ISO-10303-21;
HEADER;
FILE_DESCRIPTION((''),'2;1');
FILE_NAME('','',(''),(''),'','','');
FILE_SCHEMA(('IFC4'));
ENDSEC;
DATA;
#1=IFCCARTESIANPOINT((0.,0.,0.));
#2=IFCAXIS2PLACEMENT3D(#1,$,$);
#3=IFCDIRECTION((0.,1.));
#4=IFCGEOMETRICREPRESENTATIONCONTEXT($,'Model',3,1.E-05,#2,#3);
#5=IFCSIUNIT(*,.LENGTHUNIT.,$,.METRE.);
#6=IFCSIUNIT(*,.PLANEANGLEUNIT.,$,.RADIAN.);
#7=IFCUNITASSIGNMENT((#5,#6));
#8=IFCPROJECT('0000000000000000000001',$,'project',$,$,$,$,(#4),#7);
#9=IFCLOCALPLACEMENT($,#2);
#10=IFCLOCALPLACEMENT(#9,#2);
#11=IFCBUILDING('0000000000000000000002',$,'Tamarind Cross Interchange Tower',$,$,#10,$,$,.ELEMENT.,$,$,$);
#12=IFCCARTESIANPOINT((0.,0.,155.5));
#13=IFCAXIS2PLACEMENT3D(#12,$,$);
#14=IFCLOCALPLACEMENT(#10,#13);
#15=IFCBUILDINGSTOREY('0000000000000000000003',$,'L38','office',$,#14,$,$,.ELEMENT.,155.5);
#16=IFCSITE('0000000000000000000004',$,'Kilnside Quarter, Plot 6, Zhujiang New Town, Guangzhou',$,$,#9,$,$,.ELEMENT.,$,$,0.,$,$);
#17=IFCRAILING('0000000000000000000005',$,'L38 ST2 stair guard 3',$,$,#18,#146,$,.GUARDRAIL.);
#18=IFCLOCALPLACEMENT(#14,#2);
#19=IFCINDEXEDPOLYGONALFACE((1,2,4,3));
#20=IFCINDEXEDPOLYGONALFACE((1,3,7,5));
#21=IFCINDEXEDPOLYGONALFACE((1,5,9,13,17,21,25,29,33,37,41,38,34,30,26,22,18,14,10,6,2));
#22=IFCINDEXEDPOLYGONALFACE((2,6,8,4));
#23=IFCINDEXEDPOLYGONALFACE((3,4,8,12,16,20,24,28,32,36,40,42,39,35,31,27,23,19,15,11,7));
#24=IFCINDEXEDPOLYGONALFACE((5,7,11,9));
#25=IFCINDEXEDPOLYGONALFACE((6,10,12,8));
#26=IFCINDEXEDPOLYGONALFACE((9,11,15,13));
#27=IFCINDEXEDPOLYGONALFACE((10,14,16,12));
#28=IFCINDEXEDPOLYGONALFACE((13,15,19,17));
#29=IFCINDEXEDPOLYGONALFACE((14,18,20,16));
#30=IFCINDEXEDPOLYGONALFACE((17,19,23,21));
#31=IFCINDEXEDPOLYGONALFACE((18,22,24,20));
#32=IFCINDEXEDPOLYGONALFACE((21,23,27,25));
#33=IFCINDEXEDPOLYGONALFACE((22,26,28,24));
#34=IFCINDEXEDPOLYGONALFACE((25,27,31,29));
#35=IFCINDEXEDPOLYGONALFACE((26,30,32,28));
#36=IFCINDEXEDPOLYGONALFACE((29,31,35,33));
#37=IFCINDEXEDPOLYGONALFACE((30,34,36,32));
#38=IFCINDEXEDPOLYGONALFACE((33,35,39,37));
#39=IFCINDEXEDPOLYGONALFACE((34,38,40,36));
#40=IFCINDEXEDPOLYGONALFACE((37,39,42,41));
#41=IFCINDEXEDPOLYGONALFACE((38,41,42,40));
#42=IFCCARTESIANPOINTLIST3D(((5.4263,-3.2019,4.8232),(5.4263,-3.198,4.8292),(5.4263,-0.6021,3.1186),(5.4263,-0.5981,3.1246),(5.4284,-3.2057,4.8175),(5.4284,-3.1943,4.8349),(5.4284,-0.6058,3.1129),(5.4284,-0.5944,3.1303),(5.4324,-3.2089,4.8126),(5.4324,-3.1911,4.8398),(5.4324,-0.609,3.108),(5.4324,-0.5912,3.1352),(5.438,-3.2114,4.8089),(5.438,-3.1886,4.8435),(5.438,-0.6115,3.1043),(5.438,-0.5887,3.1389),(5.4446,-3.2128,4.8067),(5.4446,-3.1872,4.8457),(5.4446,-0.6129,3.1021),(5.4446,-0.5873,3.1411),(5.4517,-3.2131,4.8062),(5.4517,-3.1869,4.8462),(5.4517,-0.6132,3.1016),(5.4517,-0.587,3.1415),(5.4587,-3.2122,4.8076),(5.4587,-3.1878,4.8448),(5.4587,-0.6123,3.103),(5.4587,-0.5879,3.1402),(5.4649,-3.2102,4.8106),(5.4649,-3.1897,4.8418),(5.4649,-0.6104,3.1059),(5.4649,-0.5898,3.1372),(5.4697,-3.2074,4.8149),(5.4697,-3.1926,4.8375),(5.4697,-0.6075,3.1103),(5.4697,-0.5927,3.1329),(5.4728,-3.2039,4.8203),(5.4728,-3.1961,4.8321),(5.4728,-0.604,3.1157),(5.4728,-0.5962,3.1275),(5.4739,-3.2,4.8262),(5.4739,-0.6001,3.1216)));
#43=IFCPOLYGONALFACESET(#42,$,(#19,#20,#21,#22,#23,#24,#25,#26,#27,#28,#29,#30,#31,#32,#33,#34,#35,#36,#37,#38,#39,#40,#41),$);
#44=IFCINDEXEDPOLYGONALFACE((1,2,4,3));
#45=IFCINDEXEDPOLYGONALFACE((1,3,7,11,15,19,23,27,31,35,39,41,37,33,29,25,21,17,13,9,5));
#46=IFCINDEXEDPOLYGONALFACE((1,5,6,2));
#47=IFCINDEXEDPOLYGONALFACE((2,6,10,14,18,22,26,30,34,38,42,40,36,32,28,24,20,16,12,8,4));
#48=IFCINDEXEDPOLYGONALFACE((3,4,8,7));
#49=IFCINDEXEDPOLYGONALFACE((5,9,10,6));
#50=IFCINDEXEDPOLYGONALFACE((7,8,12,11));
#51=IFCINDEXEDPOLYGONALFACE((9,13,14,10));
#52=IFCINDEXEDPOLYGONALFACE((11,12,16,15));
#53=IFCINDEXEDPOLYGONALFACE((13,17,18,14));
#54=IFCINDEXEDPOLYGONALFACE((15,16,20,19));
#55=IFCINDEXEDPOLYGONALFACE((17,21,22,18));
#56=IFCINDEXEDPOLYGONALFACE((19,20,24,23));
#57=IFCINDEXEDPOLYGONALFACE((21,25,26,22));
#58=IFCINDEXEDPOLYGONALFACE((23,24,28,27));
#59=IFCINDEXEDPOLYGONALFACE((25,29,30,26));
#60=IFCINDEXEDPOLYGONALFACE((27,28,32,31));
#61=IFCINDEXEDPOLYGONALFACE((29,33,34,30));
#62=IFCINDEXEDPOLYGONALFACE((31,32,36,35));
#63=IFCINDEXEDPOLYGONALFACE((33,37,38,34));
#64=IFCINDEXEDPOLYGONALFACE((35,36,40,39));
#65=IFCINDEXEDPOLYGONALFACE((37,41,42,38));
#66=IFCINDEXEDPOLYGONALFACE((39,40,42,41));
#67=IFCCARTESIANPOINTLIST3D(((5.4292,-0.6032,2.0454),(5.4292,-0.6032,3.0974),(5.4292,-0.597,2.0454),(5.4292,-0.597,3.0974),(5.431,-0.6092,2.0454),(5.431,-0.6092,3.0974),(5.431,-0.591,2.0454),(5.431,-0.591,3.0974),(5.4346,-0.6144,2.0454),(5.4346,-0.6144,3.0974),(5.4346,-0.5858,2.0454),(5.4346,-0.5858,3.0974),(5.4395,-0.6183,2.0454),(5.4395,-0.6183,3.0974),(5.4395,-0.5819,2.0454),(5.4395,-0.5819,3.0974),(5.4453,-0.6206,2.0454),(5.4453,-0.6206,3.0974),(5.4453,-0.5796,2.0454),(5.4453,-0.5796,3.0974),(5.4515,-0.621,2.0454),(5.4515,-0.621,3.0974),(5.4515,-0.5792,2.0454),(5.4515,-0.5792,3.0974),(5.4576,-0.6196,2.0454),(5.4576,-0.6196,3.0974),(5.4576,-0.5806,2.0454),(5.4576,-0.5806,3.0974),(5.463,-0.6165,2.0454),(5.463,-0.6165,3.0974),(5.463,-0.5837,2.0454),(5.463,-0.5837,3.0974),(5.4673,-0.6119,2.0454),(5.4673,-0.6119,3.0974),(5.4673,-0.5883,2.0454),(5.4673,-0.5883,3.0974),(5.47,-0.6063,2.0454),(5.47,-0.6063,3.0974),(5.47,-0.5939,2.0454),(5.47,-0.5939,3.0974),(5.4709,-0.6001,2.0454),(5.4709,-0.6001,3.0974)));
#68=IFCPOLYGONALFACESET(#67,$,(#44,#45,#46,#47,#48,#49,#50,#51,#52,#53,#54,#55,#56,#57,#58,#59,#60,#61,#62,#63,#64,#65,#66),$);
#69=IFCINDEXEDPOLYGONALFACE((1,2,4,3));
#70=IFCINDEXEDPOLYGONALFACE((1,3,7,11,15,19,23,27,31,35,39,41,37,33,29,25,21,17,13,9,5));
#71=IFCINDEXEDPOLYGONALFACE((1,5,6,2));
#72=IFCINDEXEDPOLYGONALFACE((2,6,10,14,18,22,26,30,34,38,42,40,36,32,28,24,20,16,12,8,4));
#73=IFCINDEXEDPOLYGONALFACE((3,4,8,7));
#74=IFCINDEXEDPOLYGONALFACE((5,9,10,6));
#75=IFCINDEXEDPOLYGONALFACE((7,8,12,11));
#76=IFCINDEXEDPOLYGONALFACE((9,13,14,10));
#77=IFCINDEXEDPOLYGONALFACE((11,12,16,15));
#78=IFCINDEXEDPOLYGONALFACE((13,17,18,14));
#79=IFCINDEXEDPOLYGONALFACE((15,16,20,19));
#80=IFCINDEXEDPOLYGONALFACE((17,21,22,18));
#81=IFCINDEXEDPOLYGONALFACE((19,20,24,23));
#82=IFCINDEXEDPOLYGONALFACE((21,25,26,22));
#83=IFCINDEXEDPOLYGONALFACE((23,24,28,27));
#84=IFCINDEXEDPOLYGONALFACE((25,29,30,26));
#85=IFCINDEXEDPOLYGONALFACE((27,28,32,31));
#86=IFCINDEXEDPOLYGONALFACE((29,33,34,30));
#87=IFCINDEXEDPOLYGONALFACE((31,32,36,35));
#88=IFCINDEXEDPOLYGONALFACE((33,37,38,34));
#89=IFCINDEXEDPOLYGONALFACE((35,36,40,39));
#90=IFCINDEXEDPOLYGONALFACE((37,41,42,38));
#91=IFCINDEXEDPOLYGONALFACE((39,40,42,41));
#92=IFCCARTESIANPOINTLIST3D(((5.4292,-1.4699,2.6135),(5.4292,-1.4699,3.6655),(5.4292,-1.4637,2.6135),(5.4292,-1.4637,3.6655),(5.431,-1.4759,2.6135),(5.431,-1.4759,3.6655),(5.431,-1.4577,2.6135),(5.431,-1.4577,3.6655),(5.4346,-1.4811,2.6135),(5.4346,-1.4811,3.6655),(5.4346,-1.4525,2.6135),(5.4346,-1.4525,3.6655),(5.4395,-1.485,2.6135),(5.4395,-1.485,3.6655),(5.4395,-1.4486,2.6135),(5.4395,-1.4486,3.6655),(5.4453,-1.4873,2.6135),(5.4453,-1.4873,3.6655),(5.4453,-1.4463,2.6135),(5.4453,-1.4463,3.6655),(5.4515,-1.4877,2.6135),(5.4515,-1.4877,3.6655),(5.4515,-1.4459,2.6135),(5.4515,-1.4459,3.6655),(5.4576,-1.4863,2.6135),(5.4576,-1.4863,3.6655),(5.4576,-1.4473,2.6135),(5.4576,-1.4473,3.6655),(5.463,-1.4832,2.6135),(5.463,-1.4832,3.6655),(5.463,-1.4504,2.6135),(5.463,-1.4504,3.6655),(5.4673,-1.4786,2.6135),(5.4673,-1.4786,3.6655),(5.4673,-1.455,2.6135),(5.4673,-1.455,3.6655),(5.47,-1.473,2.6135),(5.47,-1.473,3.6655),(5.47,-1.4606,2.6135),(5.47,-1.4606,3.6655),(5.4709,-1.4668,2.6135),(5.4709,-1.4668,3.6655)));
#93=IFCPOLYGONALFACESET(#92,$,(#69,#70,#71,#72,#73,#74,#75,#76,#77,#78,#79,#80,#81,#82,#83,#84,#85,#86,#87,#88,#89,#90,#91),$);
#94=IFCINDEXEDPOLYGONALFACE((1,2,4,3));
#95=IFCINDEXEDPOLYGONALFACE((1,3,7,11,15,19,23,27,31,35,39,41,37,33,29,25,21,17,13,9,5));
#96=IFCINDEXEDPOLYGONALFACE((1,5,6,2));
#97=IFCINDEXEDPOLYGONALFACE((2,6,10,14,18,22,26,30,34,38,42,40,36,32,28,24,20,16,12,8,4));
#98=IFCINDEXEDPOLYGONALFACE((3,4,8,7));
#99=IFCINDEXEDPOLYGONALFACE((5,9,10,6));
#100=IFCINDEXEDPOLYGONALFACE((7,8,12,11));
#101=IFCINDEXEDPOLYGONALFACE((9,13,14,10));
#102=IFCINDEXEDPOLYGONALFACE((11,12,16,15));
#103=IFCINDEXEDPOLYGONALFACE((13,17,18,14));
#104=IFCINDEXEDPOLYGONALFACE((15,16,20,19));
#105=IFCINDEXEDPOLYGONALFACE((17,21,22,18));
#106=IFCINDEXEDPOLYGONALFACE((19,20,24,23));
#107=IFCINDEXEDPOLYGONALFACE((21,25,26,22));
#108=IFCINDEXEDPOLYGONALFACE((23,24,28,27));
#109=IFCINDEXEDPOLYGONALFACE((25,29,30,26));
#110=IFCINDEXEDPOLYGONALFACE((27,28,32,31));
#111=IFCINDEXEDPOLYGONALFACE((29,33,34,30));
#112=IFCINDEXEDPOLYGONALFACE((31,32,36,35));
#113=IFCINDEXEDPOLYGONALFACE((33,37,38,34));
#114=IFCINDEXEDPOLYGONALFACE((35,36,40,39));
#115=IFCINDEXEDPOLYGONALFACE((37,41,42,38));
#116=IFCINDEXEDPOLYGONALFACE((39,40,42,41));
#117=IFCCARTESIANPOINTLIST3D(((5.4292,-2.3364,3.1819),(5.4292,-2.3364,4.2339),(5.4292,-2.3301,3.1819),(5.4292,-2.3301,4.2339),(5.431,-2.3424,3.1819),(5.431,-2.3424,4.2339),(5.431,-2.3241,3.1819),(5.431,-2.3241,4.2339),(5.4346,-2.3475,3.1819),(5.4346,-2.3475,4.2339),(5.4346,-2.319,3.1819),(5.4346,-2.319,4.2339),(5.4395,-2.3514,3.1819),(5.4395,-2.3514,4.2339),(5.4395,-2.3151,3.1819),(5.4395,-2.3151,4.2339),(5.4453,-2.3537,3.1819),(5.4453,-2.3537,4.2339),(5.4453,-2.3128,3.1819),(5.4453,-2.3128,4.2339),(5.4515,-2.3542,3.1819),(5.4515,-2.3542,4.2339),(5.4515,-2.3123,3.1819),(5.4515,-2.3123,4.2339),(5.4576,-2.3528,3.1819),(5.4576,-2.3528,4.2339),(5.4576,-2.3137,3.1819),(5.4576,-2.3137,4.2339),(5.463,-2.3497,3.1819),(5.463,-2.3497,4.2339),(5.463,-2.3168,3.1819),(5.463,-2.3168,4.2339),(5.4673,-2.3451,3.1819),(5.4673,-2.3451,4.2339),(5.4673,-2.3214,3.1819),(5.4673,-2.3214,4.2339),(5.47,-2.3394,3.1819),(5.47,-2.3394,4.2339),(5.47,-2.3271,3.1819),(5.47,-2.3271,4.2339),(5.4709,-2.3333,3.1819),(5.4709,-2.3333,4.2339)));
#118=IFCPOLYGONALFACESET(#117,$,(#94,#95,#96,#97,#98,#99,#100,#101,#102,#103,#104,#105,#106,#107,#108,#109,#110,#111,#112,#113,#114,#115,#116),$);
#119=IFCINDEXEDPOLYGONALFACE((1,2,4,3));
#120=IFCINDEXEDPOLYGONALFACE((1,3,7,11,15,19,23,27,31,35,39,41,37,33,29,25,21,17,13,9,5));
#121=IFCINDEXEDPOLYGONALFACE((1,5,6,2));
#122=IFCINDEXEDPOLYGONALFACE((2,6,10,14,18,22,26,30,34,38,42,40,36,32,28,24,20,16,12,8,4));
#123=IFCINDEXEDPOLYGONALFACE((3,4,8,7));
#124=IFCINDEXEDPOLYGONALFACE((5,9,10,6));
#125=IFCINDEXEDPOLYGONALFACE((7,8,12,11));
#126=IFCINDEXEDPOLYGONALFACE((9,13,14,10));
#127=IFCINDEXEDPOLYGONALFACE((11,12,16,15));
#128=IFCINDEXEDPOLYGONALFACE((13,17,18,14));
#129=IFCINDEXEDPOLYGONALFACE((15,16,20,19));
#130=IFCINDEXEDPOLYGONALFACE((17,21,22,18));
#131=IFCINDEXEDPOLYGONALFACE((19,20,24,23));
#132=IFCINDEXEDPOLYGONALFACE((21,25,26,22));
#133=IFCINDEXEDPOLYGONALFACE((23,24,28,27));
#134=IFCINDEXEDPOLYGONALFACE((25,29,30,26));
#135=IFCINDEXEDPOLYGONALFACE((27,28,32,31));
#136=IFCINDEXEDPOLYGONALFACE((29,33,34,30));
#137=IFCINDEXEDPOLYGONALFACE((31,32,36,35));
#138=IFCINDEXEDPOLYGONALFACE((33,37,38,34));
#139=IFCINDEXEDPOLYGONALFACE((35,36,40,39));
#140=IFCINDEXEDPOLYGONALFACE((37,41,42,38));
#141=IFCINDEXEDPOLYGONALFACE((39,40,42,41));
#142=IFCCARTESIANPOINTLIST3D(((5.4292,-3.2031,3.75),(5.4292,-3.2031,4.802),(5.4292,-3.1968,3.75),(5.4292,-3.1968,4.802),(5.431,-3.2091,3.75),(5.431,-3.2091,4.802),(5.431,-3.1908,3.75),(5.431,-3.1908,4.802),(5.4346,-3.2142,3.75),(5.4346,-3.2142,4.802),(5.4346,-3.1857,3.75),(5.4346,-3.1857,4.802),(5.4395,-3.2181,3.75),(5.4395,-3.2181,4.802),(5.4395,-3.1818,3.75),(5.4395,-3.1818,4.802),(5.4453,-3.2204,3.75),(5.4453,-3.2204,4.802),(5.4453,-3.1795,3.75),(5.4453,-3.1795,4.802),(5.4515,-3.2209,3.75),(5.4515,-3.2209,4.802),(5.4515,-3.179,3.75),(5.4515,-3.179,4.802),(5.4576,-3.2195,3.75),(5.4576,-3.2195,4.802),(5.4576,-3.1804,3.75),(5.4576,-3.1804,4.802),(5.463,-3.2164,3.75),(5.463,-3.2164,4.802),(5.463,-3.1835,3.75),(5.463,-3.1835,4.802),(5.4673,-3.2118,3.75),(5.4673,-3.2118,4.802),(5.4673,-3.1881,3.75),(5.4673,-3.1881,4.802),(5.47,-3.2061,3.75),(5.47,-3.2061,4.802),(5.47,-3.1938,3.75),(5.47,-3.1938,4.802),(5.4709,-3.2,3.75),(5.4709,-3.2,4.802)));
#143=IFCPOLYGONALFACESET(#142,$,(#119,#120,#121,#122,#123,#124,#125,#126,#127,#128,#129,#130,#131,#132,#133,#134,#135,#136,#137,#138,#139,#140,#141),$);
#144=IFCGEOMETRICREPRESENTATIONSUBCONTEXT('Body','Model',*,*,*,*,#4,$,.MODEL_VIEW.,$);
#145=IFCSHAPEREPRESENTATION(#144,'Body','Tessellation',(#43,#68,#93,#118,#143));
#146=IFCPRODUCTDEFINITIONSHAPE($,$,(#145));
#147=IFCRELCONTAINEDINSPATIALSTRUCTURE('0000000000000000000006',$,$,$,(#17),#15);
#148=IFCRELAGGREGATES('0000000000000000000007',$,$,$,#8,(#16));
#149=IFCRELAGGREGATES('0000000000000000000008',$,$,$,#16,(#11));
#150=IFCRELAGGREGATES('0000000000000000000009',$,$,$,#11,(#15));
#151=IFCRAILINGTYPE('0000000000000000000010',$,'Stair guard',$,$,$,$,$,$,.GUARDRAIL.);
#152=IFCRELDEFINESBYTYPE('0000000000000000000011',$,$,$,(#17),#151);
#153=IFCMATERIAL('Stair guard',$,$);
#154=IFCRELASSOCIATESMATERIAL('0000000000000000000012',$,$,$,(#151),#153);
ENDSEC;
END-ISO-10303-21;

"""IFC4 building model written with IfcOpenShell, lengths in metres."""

from ifc_helpers import new_model, si_unit, direction, frame, origin, origin_2d, place, context, subcontext, project, spatial, circle, extrude, material, type_object, element, save


model = new_model("IFC4")

# Units and contexts
model_context = context("Model", 3, precision=1e-05, world=origin(), true_north=direction((0.0, 1.0)))
body_context = subcontext(model_context, "Body", "Model", "MODEL_VIEW")
ifc_project = project(units=[si_unit("LENGTHUNIT", "METRE"), si_unit("PLANEANGLEUNIT", "RADIAN")], contexts=[model_context])

# Site, building, storey
site_placement = place(None, origin())
site = spatial("IfcSite", under=ifc_project, at=site_placement, Name="Kilnside Quarter, Plot 6, Zhujiang New Town, Guangzhou", CompositionType="ELEMENT", RefElevation=0.0)
building_placement = place(site_placement, origin())
building = spatial("IfcBuilding", under=site, at=building_placement, Name="Tamarind Cross Interchange Tower", CompositionType="ELEMENT")
storey_placement = place(building_placement, frame((0.0, 0.0, 155.5)))
storey = spatial("IfcBuildingStorey", under=building, at=storey_placement, Name="L38", Description="office", CompositionType="ELEMENT", Elevation=155.5)

# Railing
ifc_material_1 = material(Name="Stair guard")
railing_type_1 = type_object("IfcRailingType", Name="Stair guard", PredefinedType="GUARDRAIL", material=ifc_material_1)
railing_1_placement = place(storey_placement, frame((5.45, -0.6001, 2.0454)))
element("IfcRailing", 1, at=railing_1_placement, inside=storey, type_object=railing_type_1, Name="L38 ST2 stair guard 3", PredefinedType="GUARDRAIL", context=body_context, shape_type="SweptSolid", body=[
    extrude(circle(Radius=0.0239, at=origin_2d()), frame((0.0, 0.0, 1.0762), z_axis=(0.0, -0.836279, 0.548305), x_axis=(1.0, 0.0, 0.0)), (0.0, 0.0, 1.0), 3.1089),
    extrude(circle(Radius=0.021, at=origin_2d()), origin(), (0.0, 0.0, 1.0), 1.052),
    extrude(circle(Radius=0.021, at=origin_2d()), frame((0.0, -0.8667, 0.5681)), (0.0, 0.0, 1.0), 1.052),
    extrude(circle(Radius=0.021, at=origin_2d()), frame((0.0, -1.7332, 1.1365)), (0.0, 0.0, 1.0), 1.052),
    extrude(circle(Radius=0.021, at=origin_2d()), frame((0.0, -2.5999, 1.7046)), (0.0, 0.0, 1.0), 1.052),
])

save(model, "model.ifc")
